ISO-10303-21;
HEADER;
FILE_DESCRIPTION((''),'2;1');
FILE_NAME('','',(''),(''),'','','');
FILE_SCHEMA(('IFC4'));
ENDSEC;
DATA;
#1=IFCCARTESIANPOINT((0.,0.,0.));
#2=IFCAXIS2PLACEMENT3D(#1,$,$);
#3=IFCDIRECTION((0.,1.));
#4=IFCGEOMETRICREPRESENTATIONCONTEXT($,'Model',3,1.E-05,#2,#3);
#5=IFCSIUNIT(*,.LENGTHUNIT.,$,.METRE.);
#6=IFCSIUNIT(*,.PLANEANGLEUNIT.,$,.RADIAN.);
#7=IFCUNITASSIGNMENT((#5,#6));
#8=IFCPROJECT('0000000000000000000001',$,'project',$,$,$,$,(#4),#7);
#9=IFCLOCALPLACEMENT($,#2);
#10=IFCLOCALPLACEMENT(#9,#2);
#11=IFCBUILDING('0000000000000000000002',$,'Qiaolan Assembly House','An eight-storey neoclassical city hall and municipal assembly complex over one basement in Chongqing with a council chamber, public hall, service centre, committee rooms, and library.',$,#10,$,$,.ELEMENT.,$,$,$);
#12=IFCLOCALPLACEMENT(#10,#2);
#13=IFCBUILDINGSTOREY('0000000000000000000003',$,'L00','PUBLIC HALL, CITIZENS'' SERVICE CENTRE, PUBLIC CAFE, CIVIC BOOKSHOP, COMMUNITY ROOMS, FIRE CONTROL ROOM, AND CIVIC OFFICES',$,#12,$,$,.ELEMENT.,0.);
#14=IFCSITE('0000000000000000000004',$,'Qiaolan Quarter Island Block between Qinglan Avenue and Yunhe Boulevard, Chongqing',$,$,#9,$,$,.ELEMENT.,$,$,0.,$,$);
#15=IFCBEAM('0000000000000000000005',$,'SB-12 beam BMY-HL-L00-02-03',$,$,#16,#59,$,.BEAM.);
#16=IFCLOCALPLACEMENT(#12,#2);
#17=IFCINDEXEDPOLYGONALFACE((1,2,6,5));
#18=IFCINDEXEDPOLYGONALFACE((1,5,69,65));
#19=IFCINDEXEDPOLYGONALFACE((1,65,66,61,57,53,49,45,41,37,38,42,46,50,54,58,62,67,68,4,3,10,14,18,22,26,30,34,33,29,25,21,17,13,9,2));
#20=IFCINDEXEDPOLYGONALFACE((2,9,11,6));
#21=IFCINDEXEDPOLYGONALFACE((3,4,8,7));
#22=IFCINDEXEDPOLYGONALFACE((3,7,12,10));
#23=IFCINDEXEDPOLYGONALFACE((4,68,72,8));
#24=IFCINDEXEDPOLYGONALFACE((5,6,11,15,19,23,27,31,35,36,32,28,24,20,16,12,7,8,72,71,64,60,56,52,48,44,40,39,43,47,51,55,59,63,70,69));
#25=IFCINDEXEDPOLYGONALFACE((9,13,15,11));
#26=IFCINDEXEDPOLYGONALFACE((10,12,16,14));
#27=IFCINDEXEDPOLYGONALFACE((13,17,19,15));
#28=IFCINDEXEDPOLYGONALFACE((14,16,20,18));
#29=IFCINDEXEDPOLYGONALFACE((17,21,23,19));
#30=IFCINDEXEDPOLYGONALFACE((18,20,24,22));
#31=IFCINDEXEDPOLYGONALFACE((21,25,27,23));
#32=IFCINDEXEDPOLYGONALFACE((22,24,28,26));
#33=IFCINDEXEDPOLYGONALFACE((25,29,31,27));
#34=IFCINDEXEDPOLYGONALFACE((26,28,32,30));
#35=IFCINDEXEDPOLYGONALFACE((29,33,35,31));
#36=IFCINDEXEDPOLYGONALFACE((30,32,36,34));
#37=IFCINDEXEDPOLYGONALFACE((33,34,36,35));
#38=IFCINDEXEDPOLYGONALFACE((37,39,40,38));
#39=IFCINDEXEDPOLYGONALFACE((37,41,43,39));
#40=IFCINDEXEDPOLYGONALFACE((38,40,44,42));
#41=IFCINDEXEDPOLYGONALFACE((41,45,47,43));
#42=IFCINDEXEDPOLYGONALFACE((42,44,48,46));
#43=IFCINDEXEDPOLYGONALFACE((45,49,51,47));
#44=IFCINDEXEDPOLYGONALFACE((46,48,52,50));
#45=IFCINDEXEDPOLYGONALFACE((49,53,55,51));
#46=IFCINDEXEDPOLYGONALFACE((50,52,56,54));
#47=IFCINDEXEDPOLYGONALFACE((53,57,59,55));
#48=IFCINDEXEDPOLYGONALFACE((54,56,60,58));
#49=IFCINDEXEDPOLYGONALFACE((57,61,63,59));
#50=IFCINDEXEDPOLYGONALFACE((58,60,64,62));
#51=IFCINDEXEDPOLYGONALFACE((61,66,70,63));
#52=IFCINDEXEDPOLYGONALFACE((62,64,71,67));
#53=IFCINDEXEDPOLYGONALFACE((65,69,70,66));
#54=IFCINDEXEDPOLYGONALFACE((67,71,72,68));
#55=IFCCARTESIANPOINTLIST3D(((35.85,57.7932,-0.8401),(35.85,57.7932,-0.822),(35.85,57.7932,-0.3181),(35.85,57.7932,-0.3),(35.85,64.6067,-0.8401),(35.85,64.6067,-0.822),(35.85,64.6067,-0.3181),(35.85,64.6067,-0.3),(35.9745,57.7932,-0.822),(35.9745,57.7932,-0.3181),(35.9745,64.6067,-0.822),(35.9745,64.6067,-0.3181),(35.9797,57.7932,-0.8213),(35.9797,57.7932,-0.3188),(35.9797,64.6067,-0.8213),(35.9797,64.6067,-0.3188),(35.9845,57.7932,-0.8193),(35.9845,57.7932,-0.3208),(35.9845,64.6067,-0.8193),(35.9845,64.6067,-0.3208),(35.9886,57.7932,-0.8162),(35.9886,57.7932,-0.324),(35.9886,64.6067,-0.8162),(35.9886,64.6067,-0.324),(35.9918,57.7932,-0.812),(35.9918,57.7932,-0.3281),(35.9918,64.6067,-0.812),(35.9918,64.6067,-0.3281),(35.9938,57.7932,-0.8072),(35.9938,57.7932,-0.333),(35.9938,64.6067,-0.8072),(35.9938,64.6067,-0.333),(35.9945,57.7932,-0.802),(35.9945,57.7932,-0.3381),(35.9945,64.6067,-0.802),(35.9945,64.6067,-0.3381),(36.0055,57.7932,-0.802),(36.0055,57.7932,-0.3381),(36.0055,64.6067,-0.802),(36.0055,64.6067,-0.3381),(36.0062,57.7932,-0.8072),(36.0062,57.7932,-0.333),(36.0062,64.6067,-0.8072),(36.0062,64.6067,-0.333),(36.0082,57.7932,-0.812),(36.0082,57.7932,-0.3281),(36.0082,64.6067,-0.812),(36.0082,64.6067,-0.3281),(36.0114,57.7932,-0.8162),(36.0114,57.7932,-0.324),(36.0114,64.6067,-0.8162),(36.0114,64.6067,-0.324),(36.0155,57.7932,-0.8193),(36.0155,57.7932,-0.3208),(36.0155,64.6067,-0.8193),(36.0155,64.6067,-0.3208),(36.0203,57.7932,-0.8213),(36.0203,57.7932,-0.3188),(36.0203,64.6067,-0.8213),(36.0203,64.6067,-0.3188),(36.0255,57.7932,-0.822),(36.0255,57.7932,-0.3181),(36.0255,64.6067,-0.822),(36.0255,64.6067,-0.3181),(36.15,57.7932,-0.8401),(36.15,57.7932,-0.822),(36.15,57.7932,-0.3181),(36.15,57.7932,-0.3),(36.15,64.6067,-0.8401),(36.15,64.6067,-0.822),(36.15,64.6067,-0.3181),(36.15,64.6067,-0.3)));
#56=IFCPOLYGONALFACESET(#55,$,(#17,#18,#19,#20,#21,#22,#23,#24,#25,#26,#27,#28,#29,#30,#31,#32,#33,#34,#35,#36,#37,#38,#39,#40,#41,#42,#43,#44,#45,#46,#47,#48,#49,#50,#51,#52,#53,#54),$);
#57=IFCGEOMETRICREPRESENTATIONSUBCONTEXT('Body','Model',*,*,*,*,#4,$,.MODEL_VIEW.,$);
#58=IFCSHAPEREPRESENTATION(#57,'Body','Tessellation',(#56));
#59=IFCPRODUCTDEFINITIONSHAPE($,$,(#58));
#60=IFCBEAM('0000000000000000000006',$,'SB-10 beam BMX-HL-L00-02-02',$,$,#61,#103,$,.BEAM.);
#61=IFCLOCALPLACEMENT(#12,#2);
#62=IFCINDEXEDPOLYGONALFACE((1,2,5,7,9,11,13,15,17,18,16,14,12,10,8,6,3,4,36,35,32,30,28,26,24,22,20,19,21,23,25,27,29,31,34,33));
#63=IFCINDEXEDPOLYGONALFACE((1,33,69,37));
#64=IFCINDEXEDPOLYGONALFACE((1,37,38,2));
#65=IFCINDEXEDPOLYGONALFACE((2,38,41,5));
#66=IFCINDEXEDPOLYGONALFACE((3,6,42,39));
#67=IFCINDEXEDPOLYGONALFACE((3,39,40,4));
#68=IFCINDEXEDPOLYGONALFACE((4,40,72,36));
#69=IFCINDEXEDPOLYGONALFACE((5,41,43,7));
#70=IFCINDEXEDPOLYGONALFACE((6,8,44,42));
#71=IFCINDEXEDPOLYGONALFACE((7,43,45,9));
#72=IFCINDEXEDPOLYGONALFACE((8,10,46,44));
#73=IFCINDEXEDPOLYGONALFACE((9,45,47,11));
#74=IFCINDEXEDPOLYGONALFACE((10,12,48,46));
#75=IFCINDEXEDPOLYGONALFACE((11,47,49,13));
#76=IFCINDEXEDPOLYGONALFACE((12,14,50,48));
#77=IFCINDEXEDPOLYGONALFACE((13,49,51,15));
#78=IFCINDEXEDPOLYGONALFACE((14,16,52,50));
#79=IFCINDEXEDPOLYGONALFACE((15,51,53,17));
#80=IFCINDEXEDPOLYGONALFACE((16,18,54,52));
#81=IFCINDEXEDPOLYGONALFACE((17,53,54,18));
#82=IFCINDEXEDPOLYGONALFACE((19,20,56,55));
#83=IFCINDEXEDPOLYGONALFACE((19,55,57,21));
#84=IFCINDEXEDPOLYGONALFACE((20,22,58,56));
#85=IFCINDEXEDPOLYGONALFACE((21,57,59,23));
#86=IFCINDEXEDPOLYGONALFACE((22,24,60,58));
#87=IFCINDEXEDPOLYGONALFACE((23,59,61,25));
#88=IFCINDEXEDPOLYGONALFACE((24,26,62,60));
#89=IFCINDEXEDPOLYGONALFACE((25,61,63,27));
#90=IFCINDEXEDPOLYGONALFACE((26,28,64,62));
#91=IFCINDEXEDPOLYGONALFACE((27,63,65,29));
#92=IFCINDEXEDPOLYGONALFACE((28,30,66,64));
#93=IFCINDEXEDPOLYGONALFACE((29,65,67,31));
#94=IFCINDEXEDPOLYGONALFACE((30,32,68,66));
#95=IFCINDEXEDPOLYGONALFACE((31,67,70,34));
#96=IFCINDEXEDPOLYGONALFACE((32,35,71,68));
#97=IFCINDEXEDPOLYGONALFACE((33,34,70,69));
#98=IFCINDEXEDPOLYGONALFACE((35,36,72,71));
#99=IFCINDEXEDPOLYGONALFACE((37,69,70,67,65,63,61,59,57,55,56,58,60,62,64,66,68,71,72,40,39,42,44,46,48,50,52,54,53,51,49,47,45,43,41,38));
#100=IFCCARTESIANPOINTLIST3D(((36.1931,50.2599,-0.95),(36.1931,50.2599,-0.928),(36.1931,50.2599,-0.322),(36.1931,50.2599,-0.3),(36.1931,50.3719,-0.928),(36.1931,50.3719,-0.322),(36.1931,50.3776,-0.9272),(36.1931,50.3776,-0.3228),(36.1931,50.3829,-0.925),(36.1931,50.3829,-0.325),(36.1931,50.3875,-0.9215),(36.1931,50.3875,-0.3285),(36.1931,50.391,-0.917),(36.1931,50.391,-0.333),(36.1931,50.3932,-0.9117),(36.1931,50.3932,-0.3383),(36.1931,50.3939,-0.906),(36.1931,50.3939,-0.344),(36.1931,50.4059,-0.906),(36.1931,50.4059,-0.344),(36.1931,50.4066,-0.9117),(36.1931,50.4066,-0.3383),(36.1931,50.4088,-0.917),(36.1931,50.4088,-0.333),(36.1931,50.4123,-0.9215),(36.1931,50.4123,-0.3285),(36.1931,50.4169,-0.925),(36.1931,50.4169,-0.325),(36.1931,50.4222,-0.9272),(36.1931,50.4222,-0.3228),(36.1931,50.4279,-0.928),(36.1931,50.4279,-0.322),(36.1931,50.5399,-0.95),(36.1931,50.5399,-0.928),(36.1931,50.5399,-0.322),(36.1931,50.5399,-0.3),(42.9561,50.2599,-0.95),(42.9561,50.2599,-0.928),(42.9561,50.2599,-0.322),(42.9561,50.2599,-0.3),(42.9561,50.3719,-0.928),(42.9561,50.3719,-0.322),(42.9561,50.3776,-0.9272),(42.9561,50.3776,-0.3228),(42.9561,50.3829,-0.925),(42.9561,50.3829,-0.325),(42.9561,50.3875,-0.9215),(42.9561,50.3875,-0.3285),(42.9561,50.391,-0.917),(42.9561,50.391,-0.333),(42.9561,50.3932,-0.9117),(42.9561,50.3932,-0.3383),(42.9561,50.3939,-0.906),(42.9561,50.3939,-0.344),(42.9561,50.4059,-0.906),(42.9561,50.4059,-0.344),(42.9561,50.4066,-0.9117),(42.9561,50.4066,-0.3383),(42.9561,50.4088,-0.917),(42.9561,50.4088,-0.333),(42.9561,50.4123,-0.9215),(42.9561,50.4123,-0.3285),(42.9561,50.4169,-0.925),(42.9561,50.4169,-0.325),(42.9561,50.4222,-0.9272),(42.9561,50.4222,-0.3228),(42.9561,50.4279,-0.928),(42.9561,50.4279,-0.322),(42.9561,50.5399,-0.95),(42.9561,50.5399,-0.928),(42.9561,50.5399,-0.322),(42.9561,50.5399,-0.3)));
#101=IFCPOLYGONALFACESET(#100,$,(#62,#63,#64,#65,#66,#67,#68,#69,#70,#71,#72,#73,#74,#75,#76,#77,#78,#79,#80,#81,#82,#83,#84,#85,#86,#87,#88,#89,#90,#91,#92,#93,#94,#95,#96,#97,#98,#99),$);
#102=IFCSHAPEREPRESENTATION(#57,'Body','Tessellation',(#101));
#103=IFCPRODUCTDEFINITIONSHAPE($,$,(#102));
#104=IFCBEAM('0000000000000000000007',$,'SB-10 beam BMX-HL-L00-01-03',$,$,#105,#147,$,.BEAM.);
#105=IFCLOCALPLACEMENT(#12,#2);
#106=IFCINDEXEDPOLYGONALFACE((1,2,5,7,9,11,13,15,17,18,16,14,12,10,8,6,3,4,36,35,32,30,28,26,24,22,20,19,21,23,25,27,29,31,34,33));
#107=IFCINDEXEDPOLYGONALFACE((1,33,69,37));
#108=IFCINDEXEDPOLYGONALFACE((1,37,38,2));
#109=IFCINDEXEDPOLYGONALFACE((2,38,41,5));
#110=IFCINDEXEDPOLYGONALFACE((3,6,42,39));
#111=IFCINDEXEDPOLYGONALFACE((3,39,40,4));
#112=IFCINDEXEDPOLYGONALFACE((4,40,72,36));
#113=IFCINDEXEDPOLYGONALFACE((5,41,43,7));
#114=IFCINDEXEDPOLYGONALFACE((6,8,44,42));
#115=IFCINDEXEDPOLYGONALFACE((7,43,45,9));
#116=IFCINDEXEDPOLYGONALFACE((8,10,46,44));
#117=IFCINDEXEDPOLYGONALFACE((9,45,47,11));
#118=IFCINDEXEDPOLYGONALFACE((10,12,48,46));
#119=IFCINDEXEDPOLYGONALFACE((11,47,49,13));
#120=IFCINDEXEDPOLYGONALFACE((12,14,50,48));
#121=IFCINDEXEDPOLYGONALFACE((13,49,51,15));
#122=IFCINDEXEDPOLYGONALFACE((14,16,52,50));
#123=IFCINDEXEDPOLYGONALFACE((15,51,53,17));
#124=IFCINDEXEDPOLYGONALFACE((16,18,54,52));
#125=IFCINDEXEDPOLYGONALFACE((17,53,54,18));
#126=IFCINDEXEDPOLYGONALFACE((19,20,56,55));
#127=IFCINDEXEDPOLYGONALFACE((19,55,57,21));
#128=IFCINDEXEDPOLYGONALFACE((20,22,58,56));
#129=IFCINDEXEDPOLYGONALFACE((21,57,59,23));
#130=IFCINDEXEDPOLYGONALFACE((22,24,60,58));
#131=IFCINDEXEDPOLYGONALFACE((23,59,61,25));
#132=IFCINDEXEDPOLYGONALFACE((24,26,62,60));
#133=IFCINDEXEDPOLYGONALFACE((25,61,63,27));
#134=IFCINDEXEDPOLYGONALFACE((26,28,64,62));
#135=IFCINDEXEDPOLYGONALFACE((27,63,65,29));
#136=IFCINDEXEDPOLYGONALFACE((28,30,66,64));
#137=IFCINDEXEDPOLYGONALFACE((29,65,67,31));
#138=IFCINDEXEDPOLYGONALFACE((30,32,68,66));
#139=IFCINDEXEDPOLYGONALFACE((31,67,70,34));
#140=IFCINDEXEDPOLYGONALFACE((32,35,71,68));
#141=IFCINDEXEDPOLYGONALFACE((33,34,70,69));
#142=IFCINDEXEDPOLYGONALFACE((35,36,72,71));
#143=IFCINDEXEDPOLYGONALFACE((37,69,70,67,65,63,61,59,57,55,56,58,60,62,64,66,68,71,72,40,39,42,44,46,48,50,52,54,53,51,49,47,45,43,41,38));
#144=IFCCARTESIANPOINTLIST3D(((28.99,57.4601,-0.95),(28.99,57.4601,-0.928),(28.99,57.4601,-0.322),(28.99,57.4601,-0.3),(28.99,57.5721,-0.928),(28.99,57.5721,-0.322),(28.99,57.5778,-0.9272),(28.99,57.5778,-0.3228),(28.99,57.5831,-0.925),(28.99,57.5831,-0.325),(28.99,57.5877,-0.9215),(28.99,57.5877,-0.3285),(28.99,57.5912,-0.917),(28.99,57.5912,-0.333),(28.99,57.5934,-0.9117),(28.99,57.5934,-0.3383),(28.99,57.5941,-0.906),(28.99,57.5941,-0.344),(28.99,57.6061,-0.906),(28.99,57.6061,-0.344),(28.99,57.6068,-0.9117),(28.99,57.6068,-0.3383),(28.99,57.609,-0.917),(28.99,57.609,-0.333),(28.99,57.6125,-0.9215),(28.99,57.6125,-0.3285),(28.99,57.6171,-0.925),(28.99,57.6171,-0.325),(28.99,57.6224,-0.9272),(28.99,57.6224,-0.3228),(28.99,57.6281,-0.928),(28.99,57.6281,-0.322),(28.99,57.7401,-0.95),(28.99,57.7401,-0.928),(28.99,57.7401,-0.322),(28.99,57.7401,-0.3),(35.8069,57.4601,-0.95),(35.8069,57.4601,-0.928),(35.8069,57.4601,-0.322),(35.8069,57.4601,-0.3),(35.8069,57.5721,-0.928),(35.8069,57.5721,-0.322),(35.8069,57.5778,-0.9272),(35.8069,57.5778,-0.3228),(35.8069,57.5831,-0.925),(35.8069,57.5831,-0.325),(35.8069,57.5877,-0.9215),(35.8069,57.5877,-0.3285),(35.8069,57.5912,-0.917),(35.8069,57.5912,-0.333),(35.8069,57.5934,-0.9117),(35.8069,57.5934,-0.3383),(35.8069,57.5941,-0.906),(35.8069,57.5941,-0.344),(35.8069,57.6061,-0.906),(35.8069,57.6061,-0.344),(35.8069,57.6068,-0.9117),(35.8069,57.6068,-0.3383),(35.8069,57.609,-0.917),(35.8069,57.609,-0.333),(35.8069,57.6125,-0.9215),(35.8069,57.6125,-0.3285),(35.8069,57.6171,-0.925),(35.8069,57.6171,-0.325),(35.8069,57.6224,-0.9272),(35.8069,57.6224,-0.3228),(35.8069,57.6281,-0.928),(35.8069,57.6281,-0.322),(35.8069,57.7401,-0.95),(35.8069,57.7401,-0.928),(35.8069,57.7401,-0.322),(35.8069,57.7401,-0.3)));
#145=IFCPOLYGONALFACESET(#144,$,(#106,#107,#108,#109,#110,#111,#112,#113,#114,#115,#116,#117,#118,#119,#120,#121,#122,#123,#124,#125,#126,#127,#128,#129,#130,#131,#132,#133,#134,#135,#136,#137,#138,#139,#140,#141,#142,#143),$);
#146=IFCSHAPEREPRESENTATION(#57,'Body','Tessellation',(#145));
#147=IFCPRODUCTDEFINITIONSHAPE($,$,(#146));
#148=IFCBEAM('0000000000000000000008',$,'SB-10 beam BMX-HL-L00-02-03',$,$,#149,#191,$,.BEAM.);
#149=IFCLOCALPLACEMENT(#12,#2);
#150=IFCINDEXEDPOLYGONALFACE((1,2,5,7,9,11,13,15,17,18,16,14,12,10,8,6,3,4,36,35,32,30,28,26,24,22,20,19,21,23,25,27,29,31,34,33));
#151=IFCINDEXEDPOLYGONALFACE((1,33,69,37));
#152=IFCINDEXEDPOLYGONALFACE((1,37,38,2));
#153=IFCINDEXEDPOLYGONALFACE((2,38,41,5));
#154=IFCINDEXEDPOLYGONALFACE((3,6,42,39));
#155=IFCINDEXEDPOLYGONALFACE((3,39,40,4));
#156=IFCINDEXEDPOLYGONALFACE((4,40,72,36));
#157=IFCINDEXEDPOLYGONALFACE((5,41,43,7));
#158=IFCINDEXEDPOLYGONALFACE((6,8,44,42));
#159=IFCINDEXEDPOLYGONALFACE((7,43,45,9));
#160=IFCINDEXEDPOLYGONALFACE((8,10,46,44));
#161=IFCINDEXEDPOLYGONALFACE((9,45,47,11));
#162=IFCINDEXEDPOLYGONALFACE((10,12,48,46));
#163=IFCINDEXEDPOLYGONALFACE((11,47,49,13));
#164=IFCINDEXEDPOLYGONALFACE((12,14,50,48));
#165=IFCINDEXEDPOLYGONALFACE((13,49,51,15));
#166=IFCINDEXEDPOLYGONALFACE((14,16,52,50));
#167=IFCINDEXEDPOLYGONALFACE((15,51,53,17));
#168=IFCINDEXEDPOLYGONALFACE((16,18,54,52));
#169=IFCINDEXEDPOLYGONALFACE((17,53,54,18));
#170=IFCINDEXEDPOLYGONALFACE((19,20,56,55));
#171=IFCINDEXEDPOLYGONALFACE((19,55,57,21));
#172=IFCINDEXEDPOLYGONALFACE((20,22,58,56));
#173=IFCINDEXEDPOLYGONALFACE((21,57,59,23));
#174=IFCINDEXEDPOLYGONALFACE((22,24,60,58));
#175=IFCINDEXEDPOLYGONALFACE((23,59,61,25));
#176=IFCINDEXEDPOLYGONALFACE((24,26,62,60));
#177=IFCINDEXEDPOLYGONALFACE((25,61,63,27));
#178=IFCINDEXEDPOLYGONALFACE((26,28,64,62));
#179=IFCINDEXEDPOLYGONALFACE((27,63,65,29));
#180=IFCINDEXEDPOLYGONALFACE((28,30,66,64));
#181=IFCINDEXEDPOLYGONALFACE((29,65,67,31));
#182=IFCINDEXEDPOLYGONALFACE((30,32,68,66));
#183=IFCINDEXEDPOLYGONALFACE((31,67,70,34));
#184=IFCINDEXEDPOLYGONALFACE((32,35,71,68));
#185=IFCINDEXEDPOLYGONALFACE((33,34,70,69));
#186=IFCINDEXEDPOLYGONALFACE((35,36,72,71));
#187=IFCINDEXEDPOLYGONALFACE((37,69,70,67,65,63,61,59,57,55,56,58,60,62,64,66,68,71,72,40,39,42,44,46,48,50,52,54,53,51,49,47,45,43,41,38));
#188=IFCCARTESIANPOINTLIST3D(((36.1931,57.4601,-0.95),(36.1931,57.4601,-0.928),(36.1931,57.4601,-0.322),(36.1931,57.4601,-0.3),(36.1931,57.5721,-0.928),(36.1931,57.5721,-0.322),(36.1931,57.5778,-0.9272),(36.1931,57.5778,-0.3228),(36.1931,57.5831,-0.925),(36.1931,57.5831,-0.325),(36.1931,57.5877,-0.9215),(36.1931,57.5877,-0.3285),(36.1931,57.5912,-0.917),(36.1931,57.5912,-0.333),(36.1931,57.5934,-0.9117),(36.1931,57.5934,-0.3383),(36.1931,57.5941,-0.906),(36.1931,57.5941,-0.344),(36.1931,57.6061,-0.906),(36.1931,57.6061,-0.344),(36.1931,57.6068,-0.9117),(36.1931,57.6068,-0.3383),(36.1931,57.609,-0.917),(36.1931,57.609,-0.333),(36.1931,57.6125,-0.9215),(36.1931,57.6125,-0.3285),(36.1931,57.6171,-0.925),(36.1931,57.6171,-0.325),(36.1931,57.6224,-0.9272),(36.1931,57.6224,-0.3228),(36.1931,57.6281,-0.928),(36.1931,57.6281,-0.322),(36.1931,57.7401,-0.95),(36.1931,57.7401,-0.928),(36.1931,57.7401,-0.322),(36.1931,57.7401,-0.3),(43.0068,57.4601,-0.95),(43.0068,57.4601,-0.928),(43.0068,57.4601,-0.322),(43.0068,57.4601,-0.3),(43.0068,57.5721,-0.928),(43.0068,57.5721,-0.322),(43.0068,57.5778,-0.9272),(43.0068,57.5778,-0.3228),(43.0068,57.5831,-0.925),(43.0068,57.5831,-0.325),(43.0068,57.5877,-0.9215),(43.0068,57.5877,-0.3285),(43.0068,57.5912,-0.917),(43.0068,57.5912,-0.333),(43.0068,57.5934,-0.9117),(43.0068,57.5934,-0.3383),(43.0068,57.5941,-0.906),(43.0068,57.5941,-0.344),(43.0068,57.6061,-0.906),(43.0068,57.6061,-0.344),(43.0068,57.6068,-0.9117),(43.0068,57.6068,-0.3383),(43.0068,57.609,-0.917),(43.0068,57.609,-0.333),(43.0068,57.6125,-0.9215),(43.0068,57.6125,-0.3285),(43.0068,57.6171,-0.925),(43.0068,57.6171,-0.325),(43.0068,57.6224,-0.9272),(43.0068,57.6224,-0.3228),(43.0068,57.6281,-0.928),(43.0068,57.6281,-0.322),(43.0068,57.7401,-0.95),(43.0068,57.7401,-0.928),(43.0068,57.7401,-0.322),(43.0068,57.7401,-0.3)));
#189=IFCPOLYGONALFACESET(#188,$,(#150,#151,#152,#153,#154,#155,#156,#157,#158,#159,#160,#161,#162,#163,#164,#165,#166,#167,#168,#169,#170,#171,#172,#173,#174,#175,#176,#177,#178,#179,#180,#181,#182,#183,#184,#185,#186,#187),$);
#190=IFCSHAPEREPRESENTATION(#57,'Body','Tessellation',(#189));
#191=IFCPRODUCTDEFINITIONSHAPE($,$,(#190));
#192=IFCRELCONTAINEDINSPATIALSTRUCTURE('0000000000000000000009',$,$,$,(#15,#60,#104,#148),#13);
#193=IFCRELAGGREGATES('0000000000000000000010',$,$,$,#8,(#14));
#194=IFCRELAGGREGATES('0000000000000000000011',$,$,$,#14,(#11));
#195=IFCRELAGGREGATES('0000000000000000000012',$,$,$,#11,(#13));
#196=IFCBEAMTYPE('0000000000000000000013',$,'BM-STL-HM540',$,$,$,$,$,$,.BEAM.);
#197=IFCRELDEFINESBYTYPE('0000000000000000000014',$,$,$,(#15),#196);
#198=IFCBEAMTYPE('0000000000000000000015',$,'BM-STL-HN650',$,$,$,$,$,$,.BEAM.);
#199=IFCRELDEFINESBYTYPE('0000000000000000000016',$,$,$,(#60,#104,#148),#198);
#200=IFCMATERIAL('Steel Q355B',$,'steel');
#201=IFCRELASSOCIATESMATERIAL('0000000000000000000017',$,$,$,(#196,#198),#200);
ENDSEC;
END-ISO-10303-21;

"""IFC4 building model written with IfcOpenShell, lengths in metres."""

from ifc_helpers import new_model, si_unit, direction, frame, origin, origin_2d, place, context, subcontext, project, spatial, i_section, extrude, material, material_profile, profile_set, type_object, element, save


model = new_model("IFC4")

# Units and contexts
model_context = context("Model", 3, precision=1e-05, world=origin(), true_north=direction((0.0, 1.0)))
body_context = subcontext(model_context, "Body", "Model", "MODEL_VIEW")
ifc_project = project(units=[si_unit("LENGTHUNIT", "METRE"), si_unit("PLANEANGLEUNIT", "RADIAN")], contexts=[model_context])

# Site, building, storey
site_placement = place(None, origin())
site = spatial("IfcSite", under=ifc_project, at=site_placement, Name="Qiaolan Quarter Island Block between Qinglan Avenue and Yunhe Boulevard, Chongqing", CompositionType="ELEMENT", RefElevation=0.0)
building_placement = place(site_placement, origin())
building = spatial("IfcBuilding", under=site, at=building_placement, Name="Qiaolan Assembly House", Description="An eight-storey neoclassical city hall and municipal assembly complex over one basement in Chongqing with a council chamber, public hall, service centre, committee rooms, and library.", CompositionType="ELEMENT")
storey_placement = place(building_placement, origin())
storey = spatial("IfcBuildingStorey", under=building, at=storey_placement, Name="L00", Description="PUBLIC HALL, CITIZENS' SERVICE CENTRE, PUBLIC CAFE, CIVIC BOOKSHOP, COMMUNITY ROOMS, FIRE CONTROL ROOM, AND CIVIC OFFICES", CompositionType="ELEMENT", Elevation=0.0)

# Shared definitions
ifc_material_1 = material(Name="Steel Q355B", Category="steel")

# Beams
ifc_material_profile_1 = material_profile(ifc_material_1, i_section(OverallWidth=0.3, OverallDepth=0.54, WebThickness=0.011, FlangeThickness=0.0181, FilletRadius=0.02, at=origin_2d()), Name="HM 540x300x11x18")
ifc_profile_set_1 = profile_set([ifc_material_profile_1], Name="Steel Q355B")
beam_type_1 = type_object("IfcBeamType", Name="BM-STL-HM540", PredefinedType="BEAM", material=ifc_profile_set_1)
for number, where, z_axis, x_axis, name in (
    (1, (36.0, 57.7932, -0.5701), (0.0, 1.0, 0.0), (-1.0, 0.0, 0.0), "SB-12 beam BMY-HL-L00-02-03"),
):
    element("IfcBeam", number, at=place(storey_placement, frame(where, z_axis=z_axis, x_axis=x_axis)), inside=storey, type_object=beam_type_1, Name=name, PredefinedType="BEAM", context=body_context, shape_type="SweptSolid", body=[
        extrude(i_section(OverallWidth=0.3, OverallDepth=0.54, WebThickness=0.011, FlangeThickness=0.0181, FilletRadius=0.02, at=origin_2d()), origin(), (0.0, 0.0, 1.0), 6.8135),
    ])
ifc_material_profile_2 = material_profile(ifc_material_1, i_section(OverallWidth=0.28, OverallDepth=0.6499, WebThickness=0.012, FlangeThickness=0.022, FilletRadius=0.022, at=origin_2d()), Name="HN 650x280x12x22")
ifc_profile_set_2 = profile_set([ifc_material_profile_2], Name="Steel Q355B")
beam_type_2 = type_object("IfcBeamType", Name="BM-STL-HN650", PredefinedType="BEAM", material=ifc_profile_set_2)
beam_1_placement = place(storey_placement, frame((36.1931, 50.3999, -0.625), z_axis=(1.0, 0.0, 0.0), x_axis=(0.0, 1.0, 0.0)))
element("IfcBeam", 2, at=beam_1_placement, inside=storey, type_object=beam_type_2, Name="SB-10 beam BMX-HL-L00-02-02", PredefinedType="BEAM", context=body_context, shape_type="SweptSolid", body=[
    extrude(i_section(OverallWidth=0.28, OverallDepth=0.6499, WebThickness=0.012, FlangeThickness=0.022, FilletRadius=0.022, at=origin_2d()), origin(), (0.0, 0.0, 1.0), 6.7629),
])
beam_2_placement = place(storey_placement, frame((28.99, 57.6001, -0.625), z_axis=(1.0, 0.0, 0.0), x_axis=(0.0, 1.0, 0.0)))
element("IfcBeam", 3, at=beam_2_placement, inside=storey, type_object=beam_type_2, Name="SB-10 beam BMX-HL-L00-01-03", PredefinedType="BEAM", context=body_context, shape_type="SweptSolid", body=[
    extrude(i_section(OverallWidth=0.28, OverallDepth=0.6499, WebThickness=0.012, FlangeThickness=0.022, FilletRadius=0.022, at=origin_2d()), origin(), (0.0, 0.0, 1.0), 6.8169),
])
beam_3_placement = place(storey_placement, frame((36.1931, 57.6001, -0.625), z_axis=(1.0, 0.0, 0.0), x_axis=(0.0, 1.0, 0.0)))
element("IfcBeam", 4, at=beam_3_placement, inside=storey, type_object=beam_type_2, Name="SB-10 beam BMX-HL-L00-02-03", PredefinedType="BEAM", context=body_context, shape_type="SweptSolid", body=[
    extrude(i_section(OverallWidth=0.28, OverallDepth=0.6499, WebThickness=0.012, FlangeThickness=0.022, FilletRadius=0.022, at=origin_2d()), origin(), (0.0, 0.0, 1.0), 6.8137),
])

save(model, "model.ifc")
